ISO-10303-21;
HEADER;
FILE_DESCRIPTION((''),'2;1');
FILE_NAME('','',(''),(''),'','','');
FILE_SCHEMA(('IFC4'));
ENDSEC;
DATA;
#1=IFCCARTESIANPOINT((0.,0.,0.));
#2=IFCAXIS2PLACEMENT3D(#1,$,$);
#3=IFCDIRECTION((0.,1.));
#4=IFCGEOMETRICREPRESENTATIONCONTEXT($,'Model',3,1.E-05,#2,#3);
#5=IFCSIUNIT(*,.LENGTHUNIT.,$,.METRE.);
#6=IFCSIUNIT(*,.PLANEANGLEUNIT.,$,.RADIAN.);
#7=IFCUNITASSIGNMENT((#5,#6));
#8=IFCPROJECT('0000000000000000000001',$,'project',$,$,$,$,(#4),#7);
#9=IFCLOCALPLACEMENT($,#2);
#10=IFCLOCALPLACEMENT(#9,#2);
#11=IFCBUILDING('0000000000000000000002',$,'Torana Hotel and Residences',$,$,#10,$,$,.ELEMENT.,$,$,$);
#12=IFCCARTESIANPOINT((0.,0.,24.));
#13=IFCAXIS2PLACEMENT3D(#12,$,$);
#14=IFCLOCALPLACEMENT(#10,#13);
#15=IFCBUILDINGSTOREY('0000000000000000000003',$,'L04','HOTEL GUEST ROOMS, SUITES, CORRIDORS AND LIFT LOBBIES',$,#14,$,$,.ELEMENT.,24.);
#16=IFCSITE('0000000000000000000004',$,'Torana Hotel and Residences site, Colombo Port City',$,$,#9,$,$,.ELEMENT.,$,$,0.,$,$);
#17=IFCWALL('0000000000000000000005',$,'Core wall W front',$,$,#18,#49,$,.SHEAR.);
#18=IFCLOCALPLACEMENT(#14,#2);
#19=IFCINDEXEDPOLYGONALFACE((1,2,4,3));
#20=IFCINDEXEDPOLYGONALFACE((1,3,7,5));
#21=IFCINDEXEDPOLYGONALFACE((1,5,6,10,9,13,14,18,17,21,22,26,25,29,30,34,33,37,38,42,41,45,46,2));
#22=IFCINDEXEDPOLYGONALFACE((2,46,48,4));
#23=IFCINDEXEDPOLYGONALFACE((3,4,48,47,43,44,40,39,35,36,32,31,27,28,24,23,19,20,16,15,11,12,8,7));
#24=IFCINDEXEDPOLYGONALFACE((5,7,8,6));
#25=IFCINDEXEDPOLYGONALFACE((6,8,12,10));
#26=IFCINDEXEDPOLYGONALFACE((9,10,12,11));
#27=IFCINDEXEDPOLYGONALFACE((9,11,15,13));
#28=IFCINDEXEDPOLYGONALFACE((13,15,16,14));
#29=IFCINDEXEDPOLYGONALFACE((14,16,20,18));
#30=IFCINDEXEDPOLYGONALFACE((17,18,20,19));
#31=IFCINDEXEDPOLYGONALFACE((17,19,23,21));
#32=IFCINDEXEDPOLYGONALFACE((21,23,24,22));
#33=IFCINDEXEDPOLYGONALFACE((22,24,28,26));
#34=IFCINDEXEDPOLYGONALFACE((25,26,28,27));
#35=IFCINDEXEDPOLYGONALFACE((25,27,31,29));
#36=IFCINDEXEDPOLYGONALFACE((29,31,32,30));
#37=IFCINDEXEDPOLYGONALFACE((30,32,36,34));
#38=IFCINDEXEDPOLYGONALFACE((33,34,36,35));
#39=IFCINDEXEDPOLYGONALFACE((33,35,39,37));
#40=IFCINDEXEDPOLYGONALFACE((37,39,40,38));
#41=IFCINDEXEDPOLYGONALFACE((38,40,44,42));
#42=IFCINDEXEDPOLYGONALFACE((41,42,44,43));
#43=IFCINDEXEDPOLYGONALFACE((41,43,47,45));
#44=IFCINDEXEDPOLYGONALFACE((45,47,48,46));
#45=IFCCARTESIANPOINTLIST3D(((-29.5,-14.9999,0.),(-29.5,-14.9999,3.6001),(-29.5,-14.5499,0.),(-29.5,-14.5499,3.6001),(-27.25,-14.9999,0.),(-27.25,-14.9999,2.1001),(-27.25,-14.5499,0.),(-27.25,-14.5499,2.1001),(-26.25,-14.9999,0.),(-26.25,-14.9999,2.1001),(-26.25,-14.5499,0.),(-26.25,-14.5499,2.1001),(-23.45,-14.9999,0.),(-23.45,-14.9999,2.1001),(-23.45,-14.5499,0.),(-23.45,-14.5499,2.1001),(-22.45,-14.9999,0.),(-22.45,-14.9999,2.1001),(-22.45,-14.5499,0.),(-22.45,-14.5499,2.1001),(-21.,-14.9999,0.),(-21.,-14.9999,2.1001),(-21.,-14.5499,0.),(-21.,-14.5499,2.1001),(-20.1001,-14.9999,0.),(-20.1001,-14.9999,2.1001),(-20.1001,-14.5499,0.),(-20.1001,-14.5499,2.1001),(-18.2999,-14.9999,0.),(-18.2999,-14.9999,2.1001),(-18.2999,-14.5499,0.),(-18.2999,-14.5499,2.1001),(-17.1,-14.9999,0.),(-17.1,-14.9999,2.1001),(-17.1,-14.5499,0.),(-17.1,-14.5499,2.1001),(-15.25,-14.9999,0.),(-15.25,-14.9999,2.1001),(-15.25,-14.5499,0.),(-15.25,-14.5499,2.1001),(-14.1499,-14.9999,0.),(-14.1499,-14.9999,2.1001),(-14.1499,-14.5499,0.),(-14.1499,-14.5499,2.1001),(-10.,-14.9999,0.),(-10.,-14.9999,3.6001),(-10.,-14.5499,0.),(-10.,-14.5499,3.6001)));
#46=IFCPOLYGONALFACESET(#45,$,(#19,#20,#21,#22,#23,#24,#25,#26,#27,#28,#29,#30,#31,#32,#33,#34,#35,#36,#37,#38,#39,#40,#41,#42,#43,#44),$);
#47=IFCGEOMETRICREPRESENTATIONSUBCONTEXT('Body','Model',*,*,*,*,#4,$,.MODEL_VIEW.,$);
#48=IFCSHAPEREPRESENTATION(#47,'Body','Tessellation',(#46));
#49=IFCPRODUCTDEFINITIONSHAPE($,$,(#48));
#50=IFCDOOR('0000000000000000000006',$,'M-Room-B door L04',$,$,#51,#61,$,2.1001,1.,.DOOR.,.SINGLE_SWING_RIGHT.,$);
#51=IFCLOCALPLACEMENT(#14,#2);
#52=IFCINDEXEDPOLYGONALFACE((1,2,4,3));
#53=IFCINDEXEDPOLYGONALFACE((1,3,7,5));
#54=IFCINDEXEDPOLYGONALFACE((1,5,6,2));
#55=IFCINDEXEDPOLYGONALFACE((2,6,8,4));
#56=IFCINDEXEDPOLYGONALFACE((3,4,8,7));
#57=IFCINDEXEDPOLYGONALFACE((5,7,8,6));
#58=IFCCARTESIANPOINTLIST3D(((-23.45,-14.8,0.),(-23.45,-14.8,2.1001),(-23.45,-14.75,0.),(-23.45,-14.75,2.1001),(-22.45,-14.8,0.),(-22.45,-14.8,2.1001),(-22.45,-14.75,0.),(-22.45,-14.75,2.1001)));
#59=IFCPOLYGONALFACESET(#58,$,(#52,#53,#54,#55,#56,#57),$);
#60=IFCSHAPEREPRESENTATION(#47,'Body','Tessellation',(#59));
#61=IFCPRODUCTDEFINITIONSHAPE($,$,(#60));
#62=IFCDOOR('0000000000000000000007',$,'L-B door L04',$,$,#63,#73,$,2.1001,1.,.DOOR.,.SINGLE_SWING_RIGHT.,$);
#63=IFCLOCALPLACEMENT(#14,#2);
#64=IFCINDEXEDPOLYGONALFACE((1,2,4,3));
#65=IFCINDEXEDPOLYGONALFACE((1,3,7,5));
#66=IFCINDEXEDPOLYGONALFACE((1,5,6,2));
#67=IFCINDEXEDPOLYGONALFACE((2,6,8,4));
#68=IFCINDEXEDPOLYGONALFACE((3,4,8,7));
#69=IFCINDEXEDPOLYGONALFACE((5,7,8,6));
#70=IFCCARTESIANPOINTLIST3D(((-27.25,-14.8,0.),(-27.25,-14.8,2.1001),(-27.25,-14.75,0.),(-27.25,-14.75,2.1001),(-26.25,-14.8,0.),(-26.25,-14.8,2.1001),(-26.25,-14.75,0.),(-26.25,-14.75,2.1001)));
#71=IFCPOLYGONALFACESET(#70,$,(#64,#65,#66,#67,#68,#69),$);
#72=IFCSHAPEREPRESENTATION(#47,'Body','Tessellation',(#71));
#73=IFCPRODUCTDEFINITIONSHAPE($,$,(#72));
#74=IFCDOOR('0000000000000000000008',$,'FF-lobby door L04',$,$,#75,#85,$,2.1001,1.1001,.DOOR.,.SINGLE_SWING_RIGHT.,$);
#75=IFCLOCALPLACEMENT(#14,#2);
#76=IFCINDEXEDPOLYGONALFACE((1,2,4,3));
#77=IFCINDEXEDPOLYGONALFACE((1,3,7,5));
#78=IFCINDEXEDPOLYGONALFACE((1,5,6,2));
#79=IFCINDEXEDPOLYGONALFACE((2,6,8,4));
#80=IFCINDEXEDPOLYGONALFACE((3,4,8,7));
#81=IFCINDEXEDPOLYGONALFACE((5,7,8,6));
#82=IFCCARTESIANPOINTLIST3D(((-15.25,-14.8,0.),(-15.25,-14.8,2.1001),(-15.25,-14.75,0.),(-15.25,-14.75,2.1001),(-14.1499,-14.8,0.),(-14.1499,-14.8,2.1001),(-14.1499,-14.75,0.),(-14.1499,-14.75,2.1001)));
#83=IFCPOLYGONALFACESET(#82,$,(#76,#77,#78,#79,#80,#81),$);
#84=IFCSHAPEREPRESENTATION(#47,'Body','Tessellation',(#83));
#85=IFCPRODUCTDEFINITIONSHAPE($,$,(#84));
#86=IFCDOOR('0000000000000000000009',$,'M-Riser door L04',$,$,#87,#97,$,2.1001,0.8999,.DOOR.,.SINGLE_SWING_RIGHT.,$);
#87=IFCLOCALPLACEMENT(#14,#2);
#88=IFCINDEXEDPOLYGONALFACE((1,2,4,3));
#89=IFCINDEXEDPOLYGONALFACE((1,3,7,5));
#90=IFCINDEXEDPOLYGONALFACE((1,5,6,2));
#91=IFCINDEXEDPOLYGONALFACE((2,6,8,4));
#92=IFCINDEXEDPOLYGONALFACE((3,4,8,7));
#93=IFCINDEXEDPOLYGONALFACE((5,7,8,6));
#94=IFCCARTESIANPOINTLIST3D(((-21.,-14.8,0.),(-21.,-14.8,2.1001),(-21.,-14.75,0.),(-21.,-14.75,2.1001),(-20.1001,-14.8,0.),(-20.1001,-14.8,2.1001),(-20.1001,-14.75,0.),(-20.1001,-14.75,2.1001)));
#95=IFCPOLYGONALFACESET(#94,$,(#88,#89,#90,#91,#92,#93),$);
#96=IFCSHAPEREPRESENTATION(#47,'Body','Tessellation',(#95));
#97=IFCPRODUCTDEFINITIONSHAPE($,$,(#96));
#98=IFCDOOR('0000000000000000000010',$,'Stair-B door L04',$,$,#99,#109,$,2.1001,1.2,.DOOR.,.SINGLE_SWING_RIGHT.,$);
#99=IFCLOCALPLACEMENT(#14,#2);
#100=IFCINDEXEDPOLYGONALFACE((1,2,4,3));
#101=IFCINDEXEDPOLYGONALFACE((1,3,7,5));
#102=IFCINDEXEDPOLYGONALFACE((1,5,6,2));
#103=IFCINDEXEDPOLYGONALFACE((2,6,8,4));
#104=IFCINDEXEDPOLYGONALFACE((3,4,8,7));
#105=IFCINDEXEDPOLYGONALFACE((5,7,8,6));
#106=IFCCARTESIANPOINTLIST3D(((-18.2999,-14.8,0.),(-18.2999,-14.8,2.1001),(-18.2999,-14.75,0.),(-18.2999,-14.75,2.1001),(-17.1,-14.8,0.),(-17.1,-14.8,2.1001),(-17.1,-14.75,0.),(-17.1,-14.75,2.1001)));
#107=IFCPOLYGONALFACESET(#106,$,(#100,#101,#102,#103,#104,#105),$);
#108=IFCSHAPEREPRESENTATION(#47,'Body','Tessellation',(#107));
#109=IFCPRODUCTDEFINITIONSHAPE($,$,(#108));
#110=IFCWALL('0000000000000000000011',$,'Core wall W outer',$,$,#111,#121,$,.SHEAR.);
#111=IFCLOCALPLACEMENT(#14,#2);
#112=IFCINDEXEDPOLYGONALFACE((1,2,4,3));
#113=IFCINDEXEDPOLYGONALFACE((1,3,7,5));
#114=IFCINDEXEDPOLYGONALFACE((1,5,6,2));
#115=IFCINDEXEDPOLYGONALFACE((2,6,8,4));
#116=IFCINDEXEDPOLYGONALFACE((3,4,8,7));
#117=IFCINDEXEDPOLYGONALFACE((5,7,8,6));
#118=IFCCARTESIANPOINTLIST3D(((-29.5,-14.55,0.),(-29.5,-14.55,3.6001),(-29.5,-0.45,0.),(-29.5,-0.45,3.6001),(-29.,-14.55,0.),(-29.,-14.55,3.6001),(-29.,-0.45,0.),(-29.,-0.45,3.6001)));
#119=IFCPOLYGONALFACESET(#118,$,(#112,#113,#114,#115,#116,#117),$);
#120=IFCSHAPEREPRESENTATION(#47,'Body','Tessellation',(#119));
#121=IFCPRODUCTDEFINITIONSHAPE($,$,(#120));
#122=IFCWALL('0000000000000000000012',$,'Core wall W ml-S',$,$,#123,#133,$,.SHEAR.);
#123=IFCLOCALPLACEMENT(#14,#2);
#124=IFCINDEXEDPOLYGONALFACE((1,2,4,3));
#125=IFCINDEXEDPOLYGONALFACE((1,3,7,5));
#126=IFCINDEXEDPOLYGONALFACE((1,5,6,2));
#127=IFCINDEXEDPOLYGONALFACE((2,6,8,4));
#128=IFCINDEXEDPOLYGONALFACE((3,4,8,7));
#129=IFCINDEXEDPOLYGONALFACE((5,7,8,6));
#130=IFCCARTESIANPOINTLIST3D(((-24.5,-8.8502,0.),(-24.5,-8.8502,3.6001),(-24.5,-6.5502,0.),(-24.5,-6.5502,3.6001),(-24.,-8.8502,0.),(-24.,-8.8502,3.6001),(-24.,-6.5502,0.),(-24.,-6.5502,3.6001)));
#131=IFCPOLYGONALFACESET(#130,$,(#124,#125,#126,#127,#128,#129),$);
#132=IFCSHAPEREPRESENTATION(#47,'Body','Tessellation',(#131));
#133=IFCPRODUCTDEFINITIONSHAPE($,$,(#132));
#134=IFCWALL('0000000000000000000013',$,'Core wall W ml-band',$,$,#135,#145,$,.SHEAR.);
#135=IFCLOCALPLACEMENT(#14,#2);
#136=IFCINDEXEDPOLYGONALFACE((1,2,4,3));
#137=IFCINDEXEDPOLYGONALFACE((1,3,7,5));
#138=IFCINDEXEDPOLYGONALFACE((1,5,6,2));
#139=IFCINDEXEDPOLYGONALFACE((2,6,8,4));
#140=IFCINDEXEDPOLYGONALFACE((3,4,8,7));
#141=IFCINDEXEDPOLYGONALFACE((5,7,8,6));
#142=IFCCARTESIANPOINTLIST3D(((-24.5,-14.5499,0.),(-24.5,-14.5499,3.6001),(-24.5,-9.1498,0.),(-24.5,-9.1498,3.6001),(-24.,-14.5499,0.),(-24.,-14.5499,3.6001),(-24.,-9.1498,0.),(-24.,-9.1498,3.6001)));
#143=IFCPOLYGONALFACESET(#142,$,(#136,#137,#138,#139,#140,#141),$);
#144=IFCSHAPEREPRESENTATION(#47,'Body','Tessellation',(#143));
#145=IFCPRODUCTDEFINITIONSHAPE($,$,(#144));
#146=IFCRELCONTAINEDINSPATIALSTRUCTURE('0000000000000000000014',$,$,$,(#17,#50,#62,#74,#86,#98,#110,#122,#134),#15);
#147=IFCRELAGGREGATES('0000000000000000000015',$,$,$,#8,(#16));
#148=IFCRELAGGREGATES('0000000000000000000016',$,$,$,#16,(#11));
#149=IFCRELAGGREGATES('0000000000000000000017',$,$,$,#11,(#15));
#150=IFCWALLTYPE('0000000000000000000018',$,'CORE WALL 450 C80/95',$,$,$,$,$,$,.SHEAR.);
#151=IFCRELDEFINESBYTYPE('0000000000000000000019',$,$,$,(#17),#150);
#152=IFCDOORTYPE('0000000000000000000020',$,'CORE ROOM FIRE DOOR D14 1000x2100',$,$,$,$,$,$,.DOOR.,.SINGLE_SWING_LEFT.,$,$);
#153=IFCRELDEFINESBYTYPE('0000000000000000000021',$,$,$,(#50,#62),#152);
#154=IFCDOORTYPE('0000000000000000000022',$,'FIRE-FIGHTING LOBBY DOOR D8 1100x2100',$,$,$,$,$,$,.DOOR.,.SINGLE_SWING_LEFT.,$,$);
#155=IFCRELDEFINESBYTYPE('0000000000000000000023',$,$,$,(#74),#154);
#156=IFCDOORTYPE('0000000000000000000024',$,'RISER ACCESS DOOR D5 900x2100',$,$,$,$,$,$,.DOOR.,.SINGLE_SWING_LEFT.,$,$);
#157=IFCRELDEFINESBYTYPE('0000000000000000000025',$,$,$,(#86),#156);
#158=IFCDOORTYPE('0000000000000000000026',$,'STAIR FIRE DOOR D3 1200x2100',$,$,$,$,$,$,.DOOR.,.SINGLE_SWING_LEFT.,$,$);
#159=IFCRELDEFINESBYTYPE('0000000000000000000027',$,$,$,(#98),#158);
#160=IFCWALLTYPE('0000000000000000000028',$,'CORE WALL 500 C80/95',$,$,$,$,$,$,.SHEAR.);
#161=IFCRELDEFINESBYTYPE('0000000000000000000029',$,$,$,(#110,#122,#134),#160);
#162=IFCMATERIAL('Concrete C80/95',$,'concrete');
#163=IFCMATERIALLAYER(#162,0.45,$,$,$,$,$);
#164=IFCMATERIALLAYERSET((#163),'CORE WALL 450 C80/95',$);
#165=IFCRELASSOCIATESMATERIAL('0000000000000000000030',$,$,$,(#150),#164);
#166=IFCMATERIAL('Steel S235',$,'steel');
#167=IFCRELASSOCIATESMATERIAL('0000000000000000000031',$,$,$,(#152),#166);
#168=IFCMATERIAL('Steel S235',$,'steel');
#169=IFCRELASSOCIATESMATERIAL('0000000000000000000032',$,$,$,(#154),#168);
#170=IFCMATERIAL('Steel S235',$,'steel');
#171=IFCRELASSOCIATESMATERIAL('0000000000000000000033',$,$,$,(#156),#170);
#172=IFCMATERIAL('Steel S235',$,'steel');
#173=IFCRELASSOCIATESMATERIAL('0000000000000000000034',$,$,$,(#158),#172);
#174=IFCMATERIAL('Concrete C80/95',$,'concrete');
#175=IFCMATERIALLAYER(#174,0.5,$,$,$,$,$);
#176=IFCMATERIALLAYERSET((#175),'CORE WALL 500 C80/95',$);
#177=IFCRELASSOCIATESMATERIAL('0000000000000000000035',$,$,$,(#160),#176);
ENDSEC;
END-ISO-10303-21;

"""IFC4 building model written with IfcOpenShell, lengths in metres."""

from ifc_helpers import new_model, si_unit, direction, frame, frame_2d, origin, place, context, subcontext, project, spatial, rectangle, extrude, material, layer, layer_set, type_object, element, fill, save


model = new_model("IFC4")

# Units and contexts
model_context = context("Model", 3, precision=1e-05, world=origin(), true_north=direction((0.0, 1.0)))
body_context = subcontext(model_context, "Body", "Model", "MODEL_VIEW")
ifc_project = project(units=[si_unit("LENGTHUNIT", "METRE"), si_unit("PLANEANGLEUNIT", "RADIAN")], contexts=[model_context])

# Site, building, storey
site_placement = place(None, origin())
site = spatial("IfcSite", under=ifc_project, at=site_placement, Name="Torana Hotel and Residences site, Colombo Port City", CompositionType="ELEMENT", RefElevation=0.0)
building_placement = place(site_placement, origin())
building = spatial("IfcBuilding", under=site, at=building_placement, Name="Torana Hotel and Residences", CompositionType="ELEMENT")
storey_placement = place(building_placement, frame((0.0, 0.0, 24.0)))
storey = spatial("IfcBuildingStorey", under=building, at=storey_placement, Name="L04", Description="HOTEL GUEST ROOMS, SUITES, CORRIDORS AND LIFT LOBBIES", CompositionType="ELEMENT", Elevation=24.0)

# Wall, openings, doors
ifc_material_1 = material(Name="Concrete C80/95", Category="concrete")
ifc_layer_1 = layer(ifc_material_1, 0.45)
ifc_layer_set_1 = layer_set([ifc_layer_1], Name="CORE WALL 450 C80/95")
wall_type_1 = type_object("IfcWallType", Name="CORE WALL 450 C80/95", PredefinedType="SHEAR", material=ifc_layer_set_1)
wall_1_placement = place(storey_placement, frame((-29.5, -14.7749, 0.0), z_axis=(0.0, 0.0, 1.0), x_axis=(1.0, 0.0, 0.0)))
wall_1 = element("IfcWall", 1, at=wall_1_placement, inside=storey, type_object=wall_type_1, Name="Core wall W front", PredefinedType="SHEAR", context=body_context, shape_type="SweptSolid", body=[
    extrude(rectangle(XDim=19.5, YDim=0.45, at=frame_2d((9.75, 0.0))), origin(), (0.0, 0.0, 1.0), 3.6001),
])
opening_1_placement = place(wall_1_placement, frame((11.2, 0.0, 0.0)))
opening_1 = element("IfcOpeningElement", 2, at=opening_1_placement, cuts=wall_1, PredefinedType="OPENING", context=body_context, shape_type="SweptSolid", body=[
    extrude(rectangle(XDim=1.2, YDim=2.1001, at=frame_2d((0.6001, 1.05))), frame((0.0, 0.2349, 0.0), z_axis=(0.0, -1.0, 0.0), x_axis=(1.0, 0.0, 0.0)), (0.0, 0.0, 1.0), 0.47),
])
opening_2_placement = place(wall_1_placement, frame((14.25, 0.0, 0.0)))
opening_2 = element("IfcOpeningElement", 3, at=opening_2_placement, cuts=wall_1, PredefinedType="OPENING", context=body_context, shape_type="SweptSolid", body=[
    extrude(rectangle(XDim=1.1001, YDim=2.1001, at=frame_2d((0.55, 1.05))), frame((0.0, 0.2349, 0.0), z_axis=(0.0, -1.0, 0.0), x_axis=(1.0, 0.0, 0.0)), (0.0, 0.0, 1.0), 0.47),
])
opening_3_placement = place(wall_1_placement, frame((8.5, 0.0, 0.0)))
opening_3 = element("IfcOpeningElement", 4, at=opening_3_placement, cuts=wall_1, PredefinedType="OPENING", context=body_context, shape_type="SweptSolid", body=[
    extrude(rectangle(XDim=0.8999, YDim=2.1001, at=frame_2d((0.45, 1.05))), frame((0.0, 0.2349, 0.0), z_axis=(0.0, -1.0, 0.0), x_axis=(1.0, 0.0, 0.0)), (0.0, 0.0, 1.0), 0.47),
])
opening_4_placement = place(wall_1_placement, frame((6.05, 0.0, 0.0)))
opening_4 = element("IfcOpeningElement", 5, at=opening_4_placement, cuts=wall_1, PredefinedType="OPENING", context=body_context, shape_type="SweptSolid", body=[
    extrude(rectangle(XDim=1.0, YDim=2.1001, at=frame_2d((0.5, 1.05))), frame((0.0, 0.2349, 0.0), z_axis=(0.0, -1.0, 0.0), x_axis=(1.0, 0.0, 0.0)), (0.0, 0.0, 1.0), 0.47),
])
opening_5_placement = place(wall_1_placement, frame((2.25, 0.0, 0.0)))
opening_5 = element("IfcOpeningElement", 6, at=opening_5_placement, cuts=wall_1, PredefinedType="OPENING", context=body_context, shape_type="SweptSolid", body=[
    extrude(rectangle(XDim=1.0, YDim=2.1001, at=frame_2d((0.5, 1.05))), frame((0.0, 0.2349, 0.0), z_axis=(0.0, -1.0, 0.0), x_axis=(1.0, 0.0, 0.0)), (0.0, 0.0, 1.0), 0.47),
])
ifc_material_2 = material(Name="Steel S235", Category="steel")
door_type_1 = type_object("IfcDoorType", Name="CORE ROOM FIRE DOOR D14 1000x2100", OperationType="SINGLE_SWING_LEFT", PredefinedType="DOOR", material=ifc_material_2)
door_1_placement = place(opening_4_placement, origin())
door_1 = element("IfcDoor", 7, at=door_1_placement, inside=storey, type_object=door_type_1, Name="M-Room-B door L04", OperationType="SINGLE_SWING_RIGHT", OverallHeight=2.1001, OverallWidth=1.0, PredefinedType="DOOR", context=body_context, shape_type="SweptSolid", body=[
    extrude(rectangle(XDim=1.0, YDim=2.1001, at=frame_2d((0.5, 1.05))), frame((0.0, 0.0249, 0.0), z_axis=(0.0, -1.0, 0.0), x_axis=(1.0, 0.0, 0.0)), (0.0, 0.0, 1.0), 0.05),
])
fill(opening_4, door_1)
door_2_placement = place(opening_5_placement, origin())
door_2 = element("IfcDoor", 8, at=door_2_placement, inside=storey, type_object=door_type_1, Name="L-B door L04", OperationType="SINGLE_SWING_RIGHT", OverallHeight=2.1001, OverallWidth=1.0, PredefinedType="DOOR", context=body_context, shape_type="SweptSolid", body=[
    extrude(rectangle(XDim=1.0, YDim=2.1001, at=frame_2d((0.5, 1.05))), frame((0.0, 0.0249, 0.0), z_axis=(0.0, -1.0, 0.0), x_axis=(1.0, 0.0, 0.0)), (0.0, 0.0, 1.0), 0.05),
])
fill(opening_5, door_2)
ifc_material_3 = material(Name="Steel S235", Category="steel")
door_type_2 = type_object("IfcDoorType", Name="FIRE-FIGHTING LOBBY DOOR D8 1100x2100", OperationType="SINGLE_SWING_LEFT", PredefinedType="DOOR", material=ifc_material_3)
door_3_placement = place(opening_2_placement, origin())
door_3 = element("IfcDoor", 9, at=door_3_placement, inside=storey, type_object=door_type_2, Name="FF-lobby door L04", OperationType="SINGLE_SWING_RIGHT", OverallHeight=2.1001, OverallWidth=1.1001, PredefinedType="DOOR", context=body_context, shape_type="SweptSolid", body=[
    extrude(rectangle(XDim=1.1001, YDim=2.1001, at=frame_2d((0.55, 1.05))), frame((0.0, 0.0249, 0.0), z_axis=(0.0, -1.0, 0.0), x_axis=(1.0, 0.0, 0.0)), (0.0, 0.0, 1.0), 0.05),
])
fill(opening_2, door_3)
ifc_material_4 = material(Name="Steel S235", Category="steel")
door_type_3 = type_object("IfcDoorType", Name="RISER ACCESS DOOR D5 900x2100", OperationType="SINGLE_SWING_LEFT", PredefinedType="DOOR", material=ifc_material_4)
door_4_placement = place(opening_3_placement, origin())
door_4 = element("IfcDoor", 10, at=door_4_placement, inside=storey, type_object=door_type_3, Name="M-Riser door L04", OperationType="SINGLE_SWING_RIGHT", OverallHeight=2.1001, OverallWidth=0.8999, PredefinedType="DOOR", context=body_context, shape_type="SweptSolid", body=[
    extrude(rectangle(XDim=0.8999, YDim=2.1001, at=frame_2d((0.45, 1.05))), frame((0.0, 0.0249, 0.0), z_axis=(0.0, -1.0, 0.0), x_axis=(1.0, 0.0, 0.0)), (0.0, 0.0, 1.0), 0.05),
])
fill(opening_3, door_4)
ifc_material_5 = material(Name="Steel S235", Category="steel")
door_type_4 = type_object("IfcDoorType", Name="STAIR FIRE DOOR D3 1200x2100", OperationType="SINGLE_SWING_LEFT", PredefinedType="DOOR", material=ifc_material_5)
door_5_placement = place(opening_1_placement, origin())
door_5 = element("IfcDoor", 11, at=door_5_placement, inside=storey, type_object=door_type_4, Name="Stair-B door L04", OperationType="SINGLE_SWING_RIGHT", OverallHeight=2.1001, OverallWidth=1.2, PredefinedType="DOOR", context=body_context, shape_type="SweptSolid", body=[
    extrude(rectangle(XDim=1.2, YDim=2.1001, at=frame_2d((0.6001, 1.05))), frame((0.0, 0.0249, 0.0), z_axis=(0.0, -1.0, 0.0), x_axis=(1.0, 0.0, 0.0)), (0.0, 0.0, 1.0), 0.05),
])
fill(opening_1, door_5)

# Walls
ifc_material_6 = material(Name="Concrete C80/95", Category="concrete")
ifc_layer_2 = layer(ifc_material_6, 0.5)
ifc_layer_set_2 = layer_set([ifc_layer_2], Name="CORE WALL 500 C80/95")
wall_type_2 = type_object("IfcWallType", Name="CORE WALL 500 C80/95", PredefinedType="SHEAR", material=ifc_layer_set_2)
wall_2_placement = place(storey_placement, frame((-29.25, -14.55, 0.0), z_axis=(0.0, 0.0, 1.0), x_axis=(0.0, 1.0, 0.0)))
element("IfcWall", 12, at=wall_2_placement, inside=storey, type_object=wall_type_2, Name="Core wall W outer", PredefinedType="SHEAR", context=body_context, shape_type="SweptSolid", body=[
    extrude(rectangle(XDim=14.1001, YDim=0.5, at=frame_2d((7.05, 0.0))), origin(), (0.0, 0.0, 1.0), 3.6001),
])
wall_3_placement = place(storey_placement, frame((-24.25, -8.8501, 0.0), z_axis=(0.0, 0.0, 1.0), x_axis=(0.0, 1.0, 0.0)))
element("IfcWall", 13, at=wall_3_placement, inside=storey, type_object=wall_type_2, Name="Core wall W ml-S", PredefinedType="SHEAR", context=body_context, shape_type="SweptSolid", body=[
    extrude(rectangle(XDim=2.3, YDim=0.5, at=frame_2d((1.1499, 0.0))), origin(), (0.0, 0.0, 1.0), 3.6001),
])
wall_4_placement = place(storey_placement, frame((-24.25, -14.55, 0.0), z_axis=(0.0, 0.0, 1.0), x_axis=(0.0, 1.0, 0.0)))
element("IfcWall", 14, at=wall_4_placement, inside=storey, type_object=wall_type_2, Name="Core wall W ml-band", PredefinedType="SHEAR", context=body_context, shape_type="SweptSolid", body=[
    extrude(rectangle(XDim=5.4001, YDim=0.5, at=frame_2d((2.7002, 0.0))), origin(), (0.0, 0.0, 1.0), 3.6001),
])

save(model, "model.ifc")
